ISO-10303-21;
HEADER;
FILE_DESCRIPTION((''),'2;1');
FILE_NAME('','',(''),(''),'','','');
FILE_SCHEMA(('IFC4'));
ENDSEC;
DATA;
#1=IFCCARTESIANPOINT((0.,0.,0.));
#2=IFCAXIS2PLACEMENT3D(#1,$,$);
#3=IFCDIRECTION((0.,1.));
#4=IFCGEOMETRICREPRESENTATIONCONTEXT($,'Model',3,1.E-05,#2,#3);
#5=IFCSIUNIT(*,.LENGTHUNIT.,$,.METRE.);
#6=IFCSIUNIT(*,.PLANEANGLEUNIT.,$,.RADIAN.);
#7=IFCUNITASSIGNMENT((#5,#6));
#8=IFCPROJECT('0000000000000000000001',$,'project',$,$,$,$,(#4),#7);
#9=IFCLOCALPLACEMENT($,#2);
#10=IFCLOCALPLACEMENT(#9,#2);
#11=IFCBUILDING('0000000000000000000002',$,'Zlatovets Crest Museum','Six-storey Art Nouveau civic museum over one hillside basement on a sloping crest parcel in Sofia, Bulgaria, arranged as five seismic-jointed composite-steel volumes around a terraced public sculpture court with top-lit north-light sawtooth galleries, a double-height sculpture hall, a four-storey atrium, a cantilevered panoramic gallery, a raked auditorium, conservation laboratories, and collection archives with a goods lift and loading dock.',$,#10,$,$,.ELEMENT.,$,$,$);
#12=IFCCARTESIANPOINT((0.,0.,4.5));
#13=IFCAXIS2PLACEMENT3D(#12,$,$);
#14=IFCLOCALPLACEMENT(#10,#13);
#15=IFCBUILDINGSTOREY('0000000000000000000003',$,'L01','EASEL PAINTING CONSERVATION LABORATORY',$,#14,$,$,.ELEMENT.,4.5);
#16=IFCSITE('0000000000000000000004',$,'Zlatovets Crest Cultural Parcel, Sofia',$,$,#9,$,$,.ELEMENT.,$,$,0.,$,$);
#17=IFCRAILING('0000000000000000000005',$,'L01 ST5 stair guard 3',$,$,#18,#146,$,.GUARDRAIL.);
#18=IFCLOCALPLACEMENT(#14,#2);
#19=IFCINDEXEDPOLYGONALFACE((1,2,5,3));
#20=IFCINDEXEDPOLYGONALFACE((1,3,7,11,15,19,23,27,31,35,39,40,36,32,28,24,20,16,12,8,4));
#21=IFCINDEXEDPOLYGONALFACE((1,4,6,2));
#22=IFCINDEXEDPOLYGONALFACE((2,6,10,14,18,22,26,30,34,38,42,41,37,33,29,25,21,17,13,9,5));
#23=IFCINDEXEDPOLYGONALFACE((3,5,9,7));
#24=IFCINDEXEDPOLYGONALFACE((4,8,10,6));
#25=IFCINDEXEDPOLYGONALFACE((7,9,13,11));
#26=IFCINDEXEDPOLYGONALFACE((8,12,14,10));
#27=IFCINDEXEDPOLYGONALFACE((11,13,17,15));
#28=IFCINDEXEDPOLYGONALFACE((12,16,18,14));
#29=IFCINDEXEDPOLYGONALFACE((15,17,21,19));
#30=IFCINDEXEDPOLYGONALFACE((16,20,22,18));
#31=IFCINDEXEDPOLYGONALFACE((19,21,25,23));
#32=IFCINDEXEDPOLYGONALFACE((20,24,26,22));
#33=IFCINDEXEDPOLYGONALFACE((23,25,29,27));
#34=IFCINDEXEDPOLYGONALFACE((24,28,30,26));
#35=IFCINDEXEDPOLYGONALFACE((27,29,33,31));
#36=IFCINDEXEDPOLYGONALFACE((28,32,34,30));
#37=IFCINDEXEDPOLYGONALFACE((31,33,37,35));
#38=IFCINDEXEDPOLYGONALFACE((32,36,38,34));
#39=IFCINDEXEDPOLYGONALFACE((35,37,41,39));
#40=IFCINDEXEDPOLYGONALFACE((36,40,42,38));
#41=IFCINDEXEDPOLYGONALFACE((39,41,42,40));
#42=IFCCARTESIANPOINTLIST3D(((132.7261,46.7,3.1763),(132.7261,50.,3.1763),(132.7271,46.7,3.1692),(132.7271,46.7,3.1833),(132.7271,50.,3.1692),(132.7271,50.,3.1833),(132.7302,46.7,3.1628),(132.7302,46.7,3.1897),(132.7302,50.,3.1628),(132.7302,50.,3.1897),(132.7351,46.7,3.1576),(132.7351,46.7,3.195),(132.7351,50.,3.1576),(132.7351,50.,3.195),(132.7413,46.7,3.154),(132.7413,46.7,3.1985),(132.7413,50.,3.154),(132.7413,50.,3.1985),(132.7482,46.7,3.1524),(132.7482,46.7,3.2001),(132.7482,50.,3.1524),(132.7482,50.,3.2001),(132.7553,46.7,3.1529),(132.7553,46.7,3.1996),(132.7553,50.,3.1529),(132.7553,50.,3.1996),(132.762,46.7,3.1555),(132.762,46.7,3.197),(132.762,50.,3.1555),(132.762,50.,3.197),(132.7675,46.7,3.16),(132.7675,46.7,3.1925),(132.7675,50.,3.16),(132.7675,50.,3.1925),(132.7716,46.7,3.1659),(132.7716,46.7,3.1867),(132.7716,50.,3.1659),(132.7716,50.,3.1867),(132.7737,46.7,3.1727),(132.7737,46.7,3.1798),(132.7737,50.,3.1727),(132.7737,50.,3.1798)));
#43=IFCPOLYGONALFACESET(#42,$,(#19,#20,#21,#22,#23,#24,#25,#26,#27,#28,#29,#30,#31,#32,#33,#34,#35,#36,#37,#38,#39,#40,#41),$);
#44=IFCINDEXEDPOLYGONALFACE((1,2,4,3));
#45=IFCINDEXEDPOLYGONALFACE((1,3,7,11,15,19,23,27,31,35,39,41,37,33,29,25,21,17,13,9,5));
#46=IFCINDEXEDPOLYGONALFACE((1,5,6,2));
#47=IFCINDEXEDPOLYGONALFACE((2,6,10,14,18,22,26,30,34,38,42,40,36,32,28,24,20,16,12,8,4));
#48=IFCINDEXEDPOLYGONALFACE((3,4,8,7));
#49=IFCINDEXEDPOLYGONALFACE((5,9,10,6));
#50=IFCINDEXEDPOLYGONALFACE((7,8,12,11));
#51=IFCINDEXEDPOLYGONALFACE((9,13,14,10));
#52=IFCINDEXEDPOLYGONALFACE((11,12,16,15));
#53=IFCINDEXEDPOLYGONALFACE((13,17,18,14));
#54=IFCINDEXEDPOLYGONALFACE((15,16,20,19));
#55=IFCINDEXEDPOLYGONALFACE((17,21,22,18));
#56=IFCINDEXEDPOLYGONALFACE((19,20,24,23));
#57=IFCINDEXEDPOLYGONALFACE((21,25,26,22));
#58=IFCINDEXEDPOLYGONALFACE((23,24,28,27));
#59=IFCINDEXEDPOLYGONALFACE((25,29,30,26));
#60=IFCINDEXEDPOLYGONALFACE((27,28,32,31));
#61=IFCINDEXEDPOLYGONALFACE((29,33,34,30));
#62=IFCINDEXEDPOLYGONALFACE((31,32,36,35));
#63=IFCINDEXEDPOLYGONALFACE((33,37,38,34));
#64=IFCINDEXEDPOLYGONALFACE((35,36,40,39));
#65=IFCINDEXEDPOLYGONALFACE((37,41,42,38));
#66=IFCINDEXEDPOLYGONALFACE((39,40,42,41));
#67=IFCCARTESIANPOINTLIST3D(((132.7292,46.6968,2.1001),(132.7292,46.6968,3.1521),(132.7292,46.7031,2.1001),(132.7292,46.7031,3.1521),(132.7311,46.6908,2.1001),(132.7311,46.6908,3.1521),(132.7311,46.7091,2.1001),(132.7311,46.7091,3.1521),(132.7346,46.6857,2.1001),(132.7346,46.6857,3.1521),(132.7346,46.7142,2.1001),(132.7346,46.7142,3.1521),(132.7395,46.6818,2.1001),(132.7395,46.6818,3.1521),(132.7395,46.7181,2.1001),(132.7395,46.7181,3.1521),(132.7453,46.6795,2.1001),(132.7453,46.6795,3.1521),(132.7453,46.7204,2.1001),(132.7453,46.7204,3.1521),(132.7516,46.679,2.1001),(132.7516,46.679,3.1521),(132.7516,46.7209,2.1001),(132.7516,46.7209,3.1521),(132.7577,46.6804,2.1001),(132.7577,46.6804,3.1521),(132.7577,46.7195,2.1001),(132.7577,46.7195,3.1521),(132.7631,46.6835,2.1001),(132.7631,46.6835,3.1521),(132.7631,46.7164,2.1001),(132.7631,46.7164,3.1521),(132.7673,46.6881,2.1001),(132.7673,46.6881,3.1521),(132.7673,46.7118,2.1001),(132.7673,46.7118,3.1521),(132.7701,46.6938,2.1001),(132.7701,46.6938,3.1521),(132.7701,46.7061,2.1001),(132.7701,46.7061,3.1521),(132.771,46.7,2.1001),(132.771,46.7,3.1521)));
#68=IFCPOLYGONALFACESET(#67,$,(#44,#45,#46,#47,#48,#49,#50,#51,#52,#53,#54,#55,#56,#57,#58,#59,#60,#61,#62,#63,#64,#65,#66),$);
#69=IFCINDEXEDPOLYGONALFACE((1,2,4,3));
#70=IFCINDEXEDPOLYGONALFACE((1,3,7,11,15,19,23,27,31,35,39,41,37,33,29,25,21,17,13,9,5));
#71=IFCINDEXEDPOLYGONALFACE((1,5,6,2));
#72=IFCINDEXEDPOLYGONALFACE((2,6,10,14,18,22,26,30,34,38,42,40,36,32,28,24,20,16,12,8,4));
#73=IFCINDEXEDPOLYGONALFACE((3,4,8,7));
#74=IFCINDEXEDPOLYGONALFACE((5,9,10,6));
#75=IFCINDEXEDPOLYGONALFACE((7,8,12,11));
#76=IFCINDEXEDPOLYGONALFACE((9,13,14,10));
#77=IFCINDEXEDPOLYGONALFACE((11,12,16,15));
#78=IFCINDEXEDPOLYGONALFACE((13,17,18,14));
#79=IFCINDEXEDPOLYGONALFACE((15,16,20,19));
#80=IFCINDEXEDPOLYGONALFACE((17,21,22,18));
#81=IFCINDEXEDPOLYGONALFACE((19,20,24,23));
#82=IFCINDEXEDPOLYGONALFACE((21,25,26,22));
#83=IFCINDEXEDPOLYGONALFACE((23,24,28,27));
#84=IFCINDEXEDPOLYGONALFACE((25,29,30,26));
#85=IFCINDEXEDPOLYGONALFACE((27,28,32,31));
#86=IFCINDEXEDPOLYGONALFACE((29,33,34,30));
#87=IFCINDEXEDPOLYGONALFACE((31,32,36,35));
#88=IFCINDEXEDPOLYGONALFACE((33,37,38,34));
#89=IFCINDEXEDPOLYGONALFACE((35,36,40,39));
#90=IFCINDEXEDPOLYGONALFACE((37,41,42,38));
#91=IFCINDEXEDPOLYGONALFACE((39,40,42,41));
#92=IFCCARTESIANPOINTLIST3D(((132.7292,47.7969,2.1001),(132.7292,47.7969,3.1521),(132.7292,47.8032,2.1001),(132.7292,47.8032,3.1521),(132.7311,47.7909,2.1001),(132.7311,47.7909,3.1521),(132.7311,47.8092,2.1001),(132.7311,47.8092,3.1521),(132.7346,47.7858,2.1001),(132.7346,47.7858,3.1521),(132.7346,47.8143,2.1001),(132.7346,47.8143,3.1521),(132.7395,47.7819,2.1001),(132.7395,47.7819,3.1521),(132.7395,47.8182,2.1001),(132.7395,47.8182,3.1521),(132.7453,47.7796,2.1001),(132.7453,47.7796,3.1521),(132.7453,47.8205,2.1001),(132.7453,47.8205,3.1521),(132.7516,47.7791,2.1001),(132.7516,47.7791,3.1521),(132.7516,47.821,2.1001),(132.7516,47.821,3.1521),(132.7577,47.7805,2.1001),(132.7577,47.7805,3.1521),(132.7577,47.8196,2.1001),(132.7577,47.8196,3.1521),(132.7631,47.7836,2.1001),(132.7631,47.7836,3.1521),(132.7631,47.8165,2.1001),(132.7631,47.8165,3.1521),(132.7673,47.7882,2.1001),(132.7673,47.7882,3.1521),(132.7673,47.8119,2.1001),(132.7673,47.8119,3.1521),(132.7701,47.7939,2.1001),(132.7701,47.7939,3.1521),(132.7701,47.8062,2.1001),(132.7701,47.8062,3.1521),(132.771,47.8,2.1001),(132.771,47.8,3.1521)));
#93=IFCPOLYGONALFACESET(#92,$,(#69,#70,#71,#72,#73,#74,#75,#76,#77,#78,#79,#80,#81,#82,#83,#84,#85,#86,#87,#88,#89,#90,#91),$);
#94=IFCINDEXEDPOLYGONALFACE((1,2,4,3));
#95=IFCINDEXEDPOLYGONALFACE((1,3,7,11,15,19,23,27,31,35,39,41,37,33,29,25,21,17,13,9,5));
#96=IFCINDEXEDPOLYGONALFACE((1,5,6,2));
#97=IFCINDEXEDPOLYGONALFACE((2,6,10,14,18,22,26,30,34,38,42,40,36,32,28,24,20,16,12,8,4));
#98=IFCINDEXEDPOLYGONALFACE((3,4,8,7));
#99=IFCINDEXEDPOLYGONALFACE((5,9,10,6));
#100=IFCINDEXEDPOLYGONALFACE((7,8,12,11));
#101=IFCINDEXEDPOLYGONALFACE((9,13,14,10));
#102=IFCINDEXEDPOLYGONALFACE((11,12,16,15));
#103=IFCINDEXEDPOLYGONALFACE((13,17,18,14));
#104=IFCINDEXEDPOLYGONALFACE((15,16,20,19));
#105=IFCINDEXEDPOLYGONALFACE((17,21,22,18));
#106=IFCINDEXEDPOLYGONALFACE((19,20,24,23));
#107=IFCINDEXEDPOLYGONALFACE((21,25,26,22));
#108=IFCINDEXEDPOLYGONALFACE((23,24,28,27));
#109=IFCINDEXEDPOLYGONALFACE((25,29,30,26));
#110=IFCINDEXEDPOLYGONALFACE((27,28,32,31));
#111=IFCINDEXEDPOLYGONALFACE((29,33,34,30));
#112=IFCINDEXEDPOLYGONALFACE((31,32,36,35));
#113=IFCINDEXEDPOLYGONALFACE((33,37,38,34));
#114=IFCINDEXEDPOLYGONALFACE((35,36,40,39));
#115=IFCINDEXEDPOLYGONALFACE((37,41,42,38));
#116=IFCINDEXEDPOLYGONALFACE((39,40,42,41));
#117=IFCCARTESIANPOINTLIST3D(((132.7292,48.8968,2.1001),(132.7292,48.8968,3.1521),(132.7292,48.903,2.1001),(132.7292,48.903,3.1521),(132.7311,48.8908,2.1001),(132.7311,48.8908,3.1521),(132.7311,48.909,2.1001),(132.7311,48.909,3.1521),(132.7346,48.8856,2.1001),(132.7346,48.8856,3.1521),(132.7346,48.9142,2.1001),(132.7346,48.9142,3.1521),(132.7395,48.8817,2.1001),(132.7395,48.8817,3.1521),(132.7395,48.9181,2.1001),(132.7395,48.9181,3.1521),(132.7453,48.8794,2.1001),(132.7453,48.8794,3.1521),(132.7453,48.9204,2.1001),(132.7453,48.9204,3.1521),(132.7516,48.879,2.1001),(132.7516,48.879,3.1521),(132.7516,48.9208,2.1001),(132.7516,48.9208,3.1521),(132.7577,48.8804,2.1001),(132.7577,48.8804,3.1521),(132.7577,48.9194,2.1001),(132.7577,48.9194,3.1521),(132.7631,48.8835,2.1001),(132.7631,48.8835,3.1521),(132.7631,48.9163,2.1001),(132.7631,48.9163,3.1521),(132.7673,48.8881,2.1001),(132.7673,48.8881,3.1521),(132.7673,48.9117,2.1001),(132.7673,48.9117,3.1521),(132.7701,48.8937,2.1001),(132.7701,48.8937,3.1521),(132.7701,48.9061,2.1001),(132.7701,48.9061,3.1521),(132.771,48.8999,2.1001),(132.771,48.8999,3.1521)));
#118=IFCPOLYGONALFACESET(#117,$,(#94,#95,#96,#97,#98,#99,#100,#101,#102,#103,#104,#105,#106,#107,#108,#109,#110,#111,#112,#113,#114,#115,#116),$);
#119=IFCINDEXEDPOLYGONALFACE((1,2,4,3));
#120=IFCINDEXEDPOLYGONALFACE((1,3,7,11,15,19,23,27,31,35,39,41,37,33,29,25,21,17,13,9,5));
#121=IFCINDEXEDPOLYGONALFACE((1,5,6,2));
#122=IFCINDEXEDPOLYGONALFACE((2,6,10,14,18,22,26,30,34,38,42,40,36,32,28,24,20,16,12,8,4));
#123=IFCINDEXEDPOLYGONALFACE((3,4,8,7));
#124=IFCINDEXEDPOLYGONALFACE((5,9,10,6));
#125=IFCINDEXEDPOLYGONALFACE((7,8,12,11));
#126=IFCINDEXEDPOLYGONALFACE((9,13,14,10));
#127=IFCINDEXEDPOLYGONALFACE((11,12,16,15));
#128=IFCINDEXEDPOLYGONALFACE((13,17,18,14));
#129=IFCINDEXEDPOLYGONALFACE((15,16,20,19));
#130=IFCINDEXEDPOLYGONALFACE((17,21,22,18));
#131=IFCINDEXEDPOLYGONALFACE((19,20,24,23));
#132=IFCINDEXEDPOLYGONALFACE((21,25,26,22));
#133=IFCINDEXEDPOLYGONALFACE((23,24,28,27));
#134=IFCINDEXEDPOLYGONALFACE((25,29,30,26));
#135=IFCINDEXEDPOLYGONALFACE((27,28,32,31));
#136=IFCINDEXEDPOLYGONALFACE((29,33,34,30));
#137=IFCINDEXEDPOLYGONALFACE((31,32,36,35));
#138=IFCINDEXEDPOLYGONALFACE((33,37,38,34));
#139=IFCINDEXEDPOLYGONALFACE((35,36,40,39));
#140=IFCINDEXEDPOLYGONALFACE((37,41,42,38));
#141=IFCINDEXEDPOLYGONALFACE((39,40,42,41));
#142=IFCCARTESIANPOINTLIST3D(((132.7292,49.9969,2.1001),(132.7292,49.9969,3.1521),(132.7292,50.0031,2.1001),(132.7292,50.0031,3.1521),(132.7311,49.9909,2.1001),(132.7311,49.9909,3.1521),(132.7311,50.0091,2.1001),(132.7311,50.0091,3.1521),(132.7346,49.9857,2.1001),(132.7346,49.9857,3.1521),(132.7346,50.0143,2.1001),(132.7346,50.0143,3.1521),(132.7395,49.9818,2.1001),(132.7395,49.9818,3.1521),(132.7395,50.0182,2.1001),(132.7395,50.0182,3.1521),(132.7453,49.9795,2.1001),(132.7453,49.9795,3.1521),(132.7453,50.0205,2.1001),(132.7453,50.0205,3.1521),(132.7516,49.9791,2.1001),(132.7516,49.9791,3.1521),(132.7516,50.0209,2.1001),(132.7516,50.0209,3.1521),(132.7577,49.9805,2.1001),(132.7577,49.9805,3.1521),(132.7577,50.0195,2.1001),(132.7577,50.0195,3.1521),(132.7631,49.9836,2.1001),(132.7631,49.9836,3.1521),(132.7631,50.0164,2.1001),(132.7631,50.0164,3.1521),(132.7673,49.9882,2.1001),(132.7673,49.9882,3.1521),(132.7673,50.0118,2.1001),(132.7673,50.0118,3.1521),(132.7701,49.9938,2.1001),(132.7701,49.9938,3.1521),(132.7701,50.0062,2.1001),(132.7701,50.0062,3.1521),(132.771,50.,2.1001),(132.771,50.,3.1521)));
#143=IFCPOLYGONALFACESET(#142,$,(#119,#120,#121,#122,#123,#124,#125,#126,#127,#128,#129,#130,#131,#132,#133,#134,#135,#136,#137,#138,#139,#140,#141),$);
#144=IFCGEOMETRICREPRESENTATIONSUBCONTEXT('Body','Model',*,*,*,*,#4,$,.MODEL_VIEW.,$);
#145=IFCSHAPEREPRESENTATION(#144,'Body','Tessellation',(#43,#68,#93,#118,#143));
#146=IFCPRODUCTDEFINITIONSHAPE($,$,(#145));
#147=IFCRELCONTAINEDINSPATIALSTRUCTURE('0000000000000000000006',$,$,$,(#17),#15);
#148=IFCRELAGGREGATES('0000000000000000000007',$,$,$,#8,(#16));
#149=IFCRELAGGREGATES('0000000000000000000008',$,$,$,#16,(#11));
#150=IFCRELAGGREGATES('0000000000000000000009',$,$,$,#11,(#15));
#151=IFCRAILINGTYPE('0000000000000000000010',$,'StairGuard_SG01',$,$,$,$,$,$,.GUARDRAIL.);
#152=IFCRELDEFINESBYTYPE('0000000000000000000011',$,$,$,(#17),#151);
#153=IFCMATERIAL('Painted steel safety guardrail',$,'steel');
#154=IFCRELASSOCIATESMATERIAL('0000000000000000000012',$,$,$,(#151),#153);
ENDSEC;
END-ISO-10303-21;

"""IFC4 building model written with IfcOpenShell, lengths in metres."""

from ifc_helpers import new_model, si_unit, direction, frame, origin, origin_2d, place, context, subcontext, project, spatial, circle, extrude, material, type_object, element, save


model = new_model("IFC4")

# Units and contexts
model_context = context("Model", 3, precision=1e-05, world=origin(), true_north=direction((0.0, 1.0)))
body_context = subcontext(model_context, "Body", "Model", "MODEL_VIEW")
ifc_project = project(units=[si_unit("LENGTHUNIT", "METRE"), si_unit("PLANEANGLEUNIT", "RADIAN")], contexts=[model_context])

# Site, building, storey
site_placement = place(None, origin())
site = spatial("IfcSite", under=ifc_project, at=site_placement, Name="Zlatovets Crest Cultural Parcel, Sofia", CompositionType="ELEMENT", RefElevation=0.0)
building_placement = place(site_placement, origin())
building = spatial("IfcBuilding", under=site, at=building_placement, Name="Zlatovets Crest Museum", Description="Six-storey Art Nouveau civic museum over one hillside basement on a sloping crest parcel in Sofia, Bulgaria, arranged as five seismic-jointed composite-steel volumes around a terraced public sculpture court with top-lit north-light sawtooth galleries, a double-height sculpture hall, a four-storey atrium, a cantilevered panoramic gallery, a raked auditorium, conservation laboratories, and collection archives with a goods lift and loading dock.", CompositionType="ELEMENT")
storey_placement = place(building_placement, frame((0.0, 0.0, 4.5)))
storey = spatial("IfcBuildingStorey", under=building, at=storey_placement, Name="L01", Description="EASEL PAINTING CONSERVATION LABORATORY", CompositionType="ELEMENT", Elevation=4.5)

# Railing
ifc_material_1 = material(Name="Painted steel safety guardrail", Category="steel")
railing_type_1 = type_object("IfcRailingType", Name="StairGuard_SG01", PredefinedType="GUARDRAIL", material=ifc_material_1)
for number, where, name in (
    (1, (132.75, 46.7, 2.1001), "L01 ST5 stair guard 3"),
):
    element("IfcRailing", number, at=place(storey_placement, frame(where)), inside=storey, type_object=railing_type_1, Name=name, PredefinedType="GUARDRAIL", context=body_context, shape_type="SweptSolid", body=[
        extrude(circle(Radius=0.0239, at=origin_2d()), frame((0.0, 0.0, 1.0762), z_axis=(0.0, 1.0, 0.0), x_axis=(-1.0, 0.0, 0.0)), (0.0, 0.0, 1.0), 3.3),
        extrude(circle(Radius=0.021, at=origin_2d()), origin(), (0.0, 0.0, 1.0), 1.052),
        extrude(circle(Radius=0.021, at=origin_2d()), frame((0.0, 1.1001, 0.0)), (0.0, 0.0, 1.0), 1.052),
        extrude(circle(Radius=0.021, at=origin_2d()), frame((0.0, 2.2, 0.0)), (0.0, 0.0, 1.0), 1.052),
        extrude(circle(Radius=0.021, at=origin_2d()), frame((0.0, 3.3, 0.0)), (0.0, 0.0, 1.0), 1.052),
    ])

save(model, "model.ifc")
